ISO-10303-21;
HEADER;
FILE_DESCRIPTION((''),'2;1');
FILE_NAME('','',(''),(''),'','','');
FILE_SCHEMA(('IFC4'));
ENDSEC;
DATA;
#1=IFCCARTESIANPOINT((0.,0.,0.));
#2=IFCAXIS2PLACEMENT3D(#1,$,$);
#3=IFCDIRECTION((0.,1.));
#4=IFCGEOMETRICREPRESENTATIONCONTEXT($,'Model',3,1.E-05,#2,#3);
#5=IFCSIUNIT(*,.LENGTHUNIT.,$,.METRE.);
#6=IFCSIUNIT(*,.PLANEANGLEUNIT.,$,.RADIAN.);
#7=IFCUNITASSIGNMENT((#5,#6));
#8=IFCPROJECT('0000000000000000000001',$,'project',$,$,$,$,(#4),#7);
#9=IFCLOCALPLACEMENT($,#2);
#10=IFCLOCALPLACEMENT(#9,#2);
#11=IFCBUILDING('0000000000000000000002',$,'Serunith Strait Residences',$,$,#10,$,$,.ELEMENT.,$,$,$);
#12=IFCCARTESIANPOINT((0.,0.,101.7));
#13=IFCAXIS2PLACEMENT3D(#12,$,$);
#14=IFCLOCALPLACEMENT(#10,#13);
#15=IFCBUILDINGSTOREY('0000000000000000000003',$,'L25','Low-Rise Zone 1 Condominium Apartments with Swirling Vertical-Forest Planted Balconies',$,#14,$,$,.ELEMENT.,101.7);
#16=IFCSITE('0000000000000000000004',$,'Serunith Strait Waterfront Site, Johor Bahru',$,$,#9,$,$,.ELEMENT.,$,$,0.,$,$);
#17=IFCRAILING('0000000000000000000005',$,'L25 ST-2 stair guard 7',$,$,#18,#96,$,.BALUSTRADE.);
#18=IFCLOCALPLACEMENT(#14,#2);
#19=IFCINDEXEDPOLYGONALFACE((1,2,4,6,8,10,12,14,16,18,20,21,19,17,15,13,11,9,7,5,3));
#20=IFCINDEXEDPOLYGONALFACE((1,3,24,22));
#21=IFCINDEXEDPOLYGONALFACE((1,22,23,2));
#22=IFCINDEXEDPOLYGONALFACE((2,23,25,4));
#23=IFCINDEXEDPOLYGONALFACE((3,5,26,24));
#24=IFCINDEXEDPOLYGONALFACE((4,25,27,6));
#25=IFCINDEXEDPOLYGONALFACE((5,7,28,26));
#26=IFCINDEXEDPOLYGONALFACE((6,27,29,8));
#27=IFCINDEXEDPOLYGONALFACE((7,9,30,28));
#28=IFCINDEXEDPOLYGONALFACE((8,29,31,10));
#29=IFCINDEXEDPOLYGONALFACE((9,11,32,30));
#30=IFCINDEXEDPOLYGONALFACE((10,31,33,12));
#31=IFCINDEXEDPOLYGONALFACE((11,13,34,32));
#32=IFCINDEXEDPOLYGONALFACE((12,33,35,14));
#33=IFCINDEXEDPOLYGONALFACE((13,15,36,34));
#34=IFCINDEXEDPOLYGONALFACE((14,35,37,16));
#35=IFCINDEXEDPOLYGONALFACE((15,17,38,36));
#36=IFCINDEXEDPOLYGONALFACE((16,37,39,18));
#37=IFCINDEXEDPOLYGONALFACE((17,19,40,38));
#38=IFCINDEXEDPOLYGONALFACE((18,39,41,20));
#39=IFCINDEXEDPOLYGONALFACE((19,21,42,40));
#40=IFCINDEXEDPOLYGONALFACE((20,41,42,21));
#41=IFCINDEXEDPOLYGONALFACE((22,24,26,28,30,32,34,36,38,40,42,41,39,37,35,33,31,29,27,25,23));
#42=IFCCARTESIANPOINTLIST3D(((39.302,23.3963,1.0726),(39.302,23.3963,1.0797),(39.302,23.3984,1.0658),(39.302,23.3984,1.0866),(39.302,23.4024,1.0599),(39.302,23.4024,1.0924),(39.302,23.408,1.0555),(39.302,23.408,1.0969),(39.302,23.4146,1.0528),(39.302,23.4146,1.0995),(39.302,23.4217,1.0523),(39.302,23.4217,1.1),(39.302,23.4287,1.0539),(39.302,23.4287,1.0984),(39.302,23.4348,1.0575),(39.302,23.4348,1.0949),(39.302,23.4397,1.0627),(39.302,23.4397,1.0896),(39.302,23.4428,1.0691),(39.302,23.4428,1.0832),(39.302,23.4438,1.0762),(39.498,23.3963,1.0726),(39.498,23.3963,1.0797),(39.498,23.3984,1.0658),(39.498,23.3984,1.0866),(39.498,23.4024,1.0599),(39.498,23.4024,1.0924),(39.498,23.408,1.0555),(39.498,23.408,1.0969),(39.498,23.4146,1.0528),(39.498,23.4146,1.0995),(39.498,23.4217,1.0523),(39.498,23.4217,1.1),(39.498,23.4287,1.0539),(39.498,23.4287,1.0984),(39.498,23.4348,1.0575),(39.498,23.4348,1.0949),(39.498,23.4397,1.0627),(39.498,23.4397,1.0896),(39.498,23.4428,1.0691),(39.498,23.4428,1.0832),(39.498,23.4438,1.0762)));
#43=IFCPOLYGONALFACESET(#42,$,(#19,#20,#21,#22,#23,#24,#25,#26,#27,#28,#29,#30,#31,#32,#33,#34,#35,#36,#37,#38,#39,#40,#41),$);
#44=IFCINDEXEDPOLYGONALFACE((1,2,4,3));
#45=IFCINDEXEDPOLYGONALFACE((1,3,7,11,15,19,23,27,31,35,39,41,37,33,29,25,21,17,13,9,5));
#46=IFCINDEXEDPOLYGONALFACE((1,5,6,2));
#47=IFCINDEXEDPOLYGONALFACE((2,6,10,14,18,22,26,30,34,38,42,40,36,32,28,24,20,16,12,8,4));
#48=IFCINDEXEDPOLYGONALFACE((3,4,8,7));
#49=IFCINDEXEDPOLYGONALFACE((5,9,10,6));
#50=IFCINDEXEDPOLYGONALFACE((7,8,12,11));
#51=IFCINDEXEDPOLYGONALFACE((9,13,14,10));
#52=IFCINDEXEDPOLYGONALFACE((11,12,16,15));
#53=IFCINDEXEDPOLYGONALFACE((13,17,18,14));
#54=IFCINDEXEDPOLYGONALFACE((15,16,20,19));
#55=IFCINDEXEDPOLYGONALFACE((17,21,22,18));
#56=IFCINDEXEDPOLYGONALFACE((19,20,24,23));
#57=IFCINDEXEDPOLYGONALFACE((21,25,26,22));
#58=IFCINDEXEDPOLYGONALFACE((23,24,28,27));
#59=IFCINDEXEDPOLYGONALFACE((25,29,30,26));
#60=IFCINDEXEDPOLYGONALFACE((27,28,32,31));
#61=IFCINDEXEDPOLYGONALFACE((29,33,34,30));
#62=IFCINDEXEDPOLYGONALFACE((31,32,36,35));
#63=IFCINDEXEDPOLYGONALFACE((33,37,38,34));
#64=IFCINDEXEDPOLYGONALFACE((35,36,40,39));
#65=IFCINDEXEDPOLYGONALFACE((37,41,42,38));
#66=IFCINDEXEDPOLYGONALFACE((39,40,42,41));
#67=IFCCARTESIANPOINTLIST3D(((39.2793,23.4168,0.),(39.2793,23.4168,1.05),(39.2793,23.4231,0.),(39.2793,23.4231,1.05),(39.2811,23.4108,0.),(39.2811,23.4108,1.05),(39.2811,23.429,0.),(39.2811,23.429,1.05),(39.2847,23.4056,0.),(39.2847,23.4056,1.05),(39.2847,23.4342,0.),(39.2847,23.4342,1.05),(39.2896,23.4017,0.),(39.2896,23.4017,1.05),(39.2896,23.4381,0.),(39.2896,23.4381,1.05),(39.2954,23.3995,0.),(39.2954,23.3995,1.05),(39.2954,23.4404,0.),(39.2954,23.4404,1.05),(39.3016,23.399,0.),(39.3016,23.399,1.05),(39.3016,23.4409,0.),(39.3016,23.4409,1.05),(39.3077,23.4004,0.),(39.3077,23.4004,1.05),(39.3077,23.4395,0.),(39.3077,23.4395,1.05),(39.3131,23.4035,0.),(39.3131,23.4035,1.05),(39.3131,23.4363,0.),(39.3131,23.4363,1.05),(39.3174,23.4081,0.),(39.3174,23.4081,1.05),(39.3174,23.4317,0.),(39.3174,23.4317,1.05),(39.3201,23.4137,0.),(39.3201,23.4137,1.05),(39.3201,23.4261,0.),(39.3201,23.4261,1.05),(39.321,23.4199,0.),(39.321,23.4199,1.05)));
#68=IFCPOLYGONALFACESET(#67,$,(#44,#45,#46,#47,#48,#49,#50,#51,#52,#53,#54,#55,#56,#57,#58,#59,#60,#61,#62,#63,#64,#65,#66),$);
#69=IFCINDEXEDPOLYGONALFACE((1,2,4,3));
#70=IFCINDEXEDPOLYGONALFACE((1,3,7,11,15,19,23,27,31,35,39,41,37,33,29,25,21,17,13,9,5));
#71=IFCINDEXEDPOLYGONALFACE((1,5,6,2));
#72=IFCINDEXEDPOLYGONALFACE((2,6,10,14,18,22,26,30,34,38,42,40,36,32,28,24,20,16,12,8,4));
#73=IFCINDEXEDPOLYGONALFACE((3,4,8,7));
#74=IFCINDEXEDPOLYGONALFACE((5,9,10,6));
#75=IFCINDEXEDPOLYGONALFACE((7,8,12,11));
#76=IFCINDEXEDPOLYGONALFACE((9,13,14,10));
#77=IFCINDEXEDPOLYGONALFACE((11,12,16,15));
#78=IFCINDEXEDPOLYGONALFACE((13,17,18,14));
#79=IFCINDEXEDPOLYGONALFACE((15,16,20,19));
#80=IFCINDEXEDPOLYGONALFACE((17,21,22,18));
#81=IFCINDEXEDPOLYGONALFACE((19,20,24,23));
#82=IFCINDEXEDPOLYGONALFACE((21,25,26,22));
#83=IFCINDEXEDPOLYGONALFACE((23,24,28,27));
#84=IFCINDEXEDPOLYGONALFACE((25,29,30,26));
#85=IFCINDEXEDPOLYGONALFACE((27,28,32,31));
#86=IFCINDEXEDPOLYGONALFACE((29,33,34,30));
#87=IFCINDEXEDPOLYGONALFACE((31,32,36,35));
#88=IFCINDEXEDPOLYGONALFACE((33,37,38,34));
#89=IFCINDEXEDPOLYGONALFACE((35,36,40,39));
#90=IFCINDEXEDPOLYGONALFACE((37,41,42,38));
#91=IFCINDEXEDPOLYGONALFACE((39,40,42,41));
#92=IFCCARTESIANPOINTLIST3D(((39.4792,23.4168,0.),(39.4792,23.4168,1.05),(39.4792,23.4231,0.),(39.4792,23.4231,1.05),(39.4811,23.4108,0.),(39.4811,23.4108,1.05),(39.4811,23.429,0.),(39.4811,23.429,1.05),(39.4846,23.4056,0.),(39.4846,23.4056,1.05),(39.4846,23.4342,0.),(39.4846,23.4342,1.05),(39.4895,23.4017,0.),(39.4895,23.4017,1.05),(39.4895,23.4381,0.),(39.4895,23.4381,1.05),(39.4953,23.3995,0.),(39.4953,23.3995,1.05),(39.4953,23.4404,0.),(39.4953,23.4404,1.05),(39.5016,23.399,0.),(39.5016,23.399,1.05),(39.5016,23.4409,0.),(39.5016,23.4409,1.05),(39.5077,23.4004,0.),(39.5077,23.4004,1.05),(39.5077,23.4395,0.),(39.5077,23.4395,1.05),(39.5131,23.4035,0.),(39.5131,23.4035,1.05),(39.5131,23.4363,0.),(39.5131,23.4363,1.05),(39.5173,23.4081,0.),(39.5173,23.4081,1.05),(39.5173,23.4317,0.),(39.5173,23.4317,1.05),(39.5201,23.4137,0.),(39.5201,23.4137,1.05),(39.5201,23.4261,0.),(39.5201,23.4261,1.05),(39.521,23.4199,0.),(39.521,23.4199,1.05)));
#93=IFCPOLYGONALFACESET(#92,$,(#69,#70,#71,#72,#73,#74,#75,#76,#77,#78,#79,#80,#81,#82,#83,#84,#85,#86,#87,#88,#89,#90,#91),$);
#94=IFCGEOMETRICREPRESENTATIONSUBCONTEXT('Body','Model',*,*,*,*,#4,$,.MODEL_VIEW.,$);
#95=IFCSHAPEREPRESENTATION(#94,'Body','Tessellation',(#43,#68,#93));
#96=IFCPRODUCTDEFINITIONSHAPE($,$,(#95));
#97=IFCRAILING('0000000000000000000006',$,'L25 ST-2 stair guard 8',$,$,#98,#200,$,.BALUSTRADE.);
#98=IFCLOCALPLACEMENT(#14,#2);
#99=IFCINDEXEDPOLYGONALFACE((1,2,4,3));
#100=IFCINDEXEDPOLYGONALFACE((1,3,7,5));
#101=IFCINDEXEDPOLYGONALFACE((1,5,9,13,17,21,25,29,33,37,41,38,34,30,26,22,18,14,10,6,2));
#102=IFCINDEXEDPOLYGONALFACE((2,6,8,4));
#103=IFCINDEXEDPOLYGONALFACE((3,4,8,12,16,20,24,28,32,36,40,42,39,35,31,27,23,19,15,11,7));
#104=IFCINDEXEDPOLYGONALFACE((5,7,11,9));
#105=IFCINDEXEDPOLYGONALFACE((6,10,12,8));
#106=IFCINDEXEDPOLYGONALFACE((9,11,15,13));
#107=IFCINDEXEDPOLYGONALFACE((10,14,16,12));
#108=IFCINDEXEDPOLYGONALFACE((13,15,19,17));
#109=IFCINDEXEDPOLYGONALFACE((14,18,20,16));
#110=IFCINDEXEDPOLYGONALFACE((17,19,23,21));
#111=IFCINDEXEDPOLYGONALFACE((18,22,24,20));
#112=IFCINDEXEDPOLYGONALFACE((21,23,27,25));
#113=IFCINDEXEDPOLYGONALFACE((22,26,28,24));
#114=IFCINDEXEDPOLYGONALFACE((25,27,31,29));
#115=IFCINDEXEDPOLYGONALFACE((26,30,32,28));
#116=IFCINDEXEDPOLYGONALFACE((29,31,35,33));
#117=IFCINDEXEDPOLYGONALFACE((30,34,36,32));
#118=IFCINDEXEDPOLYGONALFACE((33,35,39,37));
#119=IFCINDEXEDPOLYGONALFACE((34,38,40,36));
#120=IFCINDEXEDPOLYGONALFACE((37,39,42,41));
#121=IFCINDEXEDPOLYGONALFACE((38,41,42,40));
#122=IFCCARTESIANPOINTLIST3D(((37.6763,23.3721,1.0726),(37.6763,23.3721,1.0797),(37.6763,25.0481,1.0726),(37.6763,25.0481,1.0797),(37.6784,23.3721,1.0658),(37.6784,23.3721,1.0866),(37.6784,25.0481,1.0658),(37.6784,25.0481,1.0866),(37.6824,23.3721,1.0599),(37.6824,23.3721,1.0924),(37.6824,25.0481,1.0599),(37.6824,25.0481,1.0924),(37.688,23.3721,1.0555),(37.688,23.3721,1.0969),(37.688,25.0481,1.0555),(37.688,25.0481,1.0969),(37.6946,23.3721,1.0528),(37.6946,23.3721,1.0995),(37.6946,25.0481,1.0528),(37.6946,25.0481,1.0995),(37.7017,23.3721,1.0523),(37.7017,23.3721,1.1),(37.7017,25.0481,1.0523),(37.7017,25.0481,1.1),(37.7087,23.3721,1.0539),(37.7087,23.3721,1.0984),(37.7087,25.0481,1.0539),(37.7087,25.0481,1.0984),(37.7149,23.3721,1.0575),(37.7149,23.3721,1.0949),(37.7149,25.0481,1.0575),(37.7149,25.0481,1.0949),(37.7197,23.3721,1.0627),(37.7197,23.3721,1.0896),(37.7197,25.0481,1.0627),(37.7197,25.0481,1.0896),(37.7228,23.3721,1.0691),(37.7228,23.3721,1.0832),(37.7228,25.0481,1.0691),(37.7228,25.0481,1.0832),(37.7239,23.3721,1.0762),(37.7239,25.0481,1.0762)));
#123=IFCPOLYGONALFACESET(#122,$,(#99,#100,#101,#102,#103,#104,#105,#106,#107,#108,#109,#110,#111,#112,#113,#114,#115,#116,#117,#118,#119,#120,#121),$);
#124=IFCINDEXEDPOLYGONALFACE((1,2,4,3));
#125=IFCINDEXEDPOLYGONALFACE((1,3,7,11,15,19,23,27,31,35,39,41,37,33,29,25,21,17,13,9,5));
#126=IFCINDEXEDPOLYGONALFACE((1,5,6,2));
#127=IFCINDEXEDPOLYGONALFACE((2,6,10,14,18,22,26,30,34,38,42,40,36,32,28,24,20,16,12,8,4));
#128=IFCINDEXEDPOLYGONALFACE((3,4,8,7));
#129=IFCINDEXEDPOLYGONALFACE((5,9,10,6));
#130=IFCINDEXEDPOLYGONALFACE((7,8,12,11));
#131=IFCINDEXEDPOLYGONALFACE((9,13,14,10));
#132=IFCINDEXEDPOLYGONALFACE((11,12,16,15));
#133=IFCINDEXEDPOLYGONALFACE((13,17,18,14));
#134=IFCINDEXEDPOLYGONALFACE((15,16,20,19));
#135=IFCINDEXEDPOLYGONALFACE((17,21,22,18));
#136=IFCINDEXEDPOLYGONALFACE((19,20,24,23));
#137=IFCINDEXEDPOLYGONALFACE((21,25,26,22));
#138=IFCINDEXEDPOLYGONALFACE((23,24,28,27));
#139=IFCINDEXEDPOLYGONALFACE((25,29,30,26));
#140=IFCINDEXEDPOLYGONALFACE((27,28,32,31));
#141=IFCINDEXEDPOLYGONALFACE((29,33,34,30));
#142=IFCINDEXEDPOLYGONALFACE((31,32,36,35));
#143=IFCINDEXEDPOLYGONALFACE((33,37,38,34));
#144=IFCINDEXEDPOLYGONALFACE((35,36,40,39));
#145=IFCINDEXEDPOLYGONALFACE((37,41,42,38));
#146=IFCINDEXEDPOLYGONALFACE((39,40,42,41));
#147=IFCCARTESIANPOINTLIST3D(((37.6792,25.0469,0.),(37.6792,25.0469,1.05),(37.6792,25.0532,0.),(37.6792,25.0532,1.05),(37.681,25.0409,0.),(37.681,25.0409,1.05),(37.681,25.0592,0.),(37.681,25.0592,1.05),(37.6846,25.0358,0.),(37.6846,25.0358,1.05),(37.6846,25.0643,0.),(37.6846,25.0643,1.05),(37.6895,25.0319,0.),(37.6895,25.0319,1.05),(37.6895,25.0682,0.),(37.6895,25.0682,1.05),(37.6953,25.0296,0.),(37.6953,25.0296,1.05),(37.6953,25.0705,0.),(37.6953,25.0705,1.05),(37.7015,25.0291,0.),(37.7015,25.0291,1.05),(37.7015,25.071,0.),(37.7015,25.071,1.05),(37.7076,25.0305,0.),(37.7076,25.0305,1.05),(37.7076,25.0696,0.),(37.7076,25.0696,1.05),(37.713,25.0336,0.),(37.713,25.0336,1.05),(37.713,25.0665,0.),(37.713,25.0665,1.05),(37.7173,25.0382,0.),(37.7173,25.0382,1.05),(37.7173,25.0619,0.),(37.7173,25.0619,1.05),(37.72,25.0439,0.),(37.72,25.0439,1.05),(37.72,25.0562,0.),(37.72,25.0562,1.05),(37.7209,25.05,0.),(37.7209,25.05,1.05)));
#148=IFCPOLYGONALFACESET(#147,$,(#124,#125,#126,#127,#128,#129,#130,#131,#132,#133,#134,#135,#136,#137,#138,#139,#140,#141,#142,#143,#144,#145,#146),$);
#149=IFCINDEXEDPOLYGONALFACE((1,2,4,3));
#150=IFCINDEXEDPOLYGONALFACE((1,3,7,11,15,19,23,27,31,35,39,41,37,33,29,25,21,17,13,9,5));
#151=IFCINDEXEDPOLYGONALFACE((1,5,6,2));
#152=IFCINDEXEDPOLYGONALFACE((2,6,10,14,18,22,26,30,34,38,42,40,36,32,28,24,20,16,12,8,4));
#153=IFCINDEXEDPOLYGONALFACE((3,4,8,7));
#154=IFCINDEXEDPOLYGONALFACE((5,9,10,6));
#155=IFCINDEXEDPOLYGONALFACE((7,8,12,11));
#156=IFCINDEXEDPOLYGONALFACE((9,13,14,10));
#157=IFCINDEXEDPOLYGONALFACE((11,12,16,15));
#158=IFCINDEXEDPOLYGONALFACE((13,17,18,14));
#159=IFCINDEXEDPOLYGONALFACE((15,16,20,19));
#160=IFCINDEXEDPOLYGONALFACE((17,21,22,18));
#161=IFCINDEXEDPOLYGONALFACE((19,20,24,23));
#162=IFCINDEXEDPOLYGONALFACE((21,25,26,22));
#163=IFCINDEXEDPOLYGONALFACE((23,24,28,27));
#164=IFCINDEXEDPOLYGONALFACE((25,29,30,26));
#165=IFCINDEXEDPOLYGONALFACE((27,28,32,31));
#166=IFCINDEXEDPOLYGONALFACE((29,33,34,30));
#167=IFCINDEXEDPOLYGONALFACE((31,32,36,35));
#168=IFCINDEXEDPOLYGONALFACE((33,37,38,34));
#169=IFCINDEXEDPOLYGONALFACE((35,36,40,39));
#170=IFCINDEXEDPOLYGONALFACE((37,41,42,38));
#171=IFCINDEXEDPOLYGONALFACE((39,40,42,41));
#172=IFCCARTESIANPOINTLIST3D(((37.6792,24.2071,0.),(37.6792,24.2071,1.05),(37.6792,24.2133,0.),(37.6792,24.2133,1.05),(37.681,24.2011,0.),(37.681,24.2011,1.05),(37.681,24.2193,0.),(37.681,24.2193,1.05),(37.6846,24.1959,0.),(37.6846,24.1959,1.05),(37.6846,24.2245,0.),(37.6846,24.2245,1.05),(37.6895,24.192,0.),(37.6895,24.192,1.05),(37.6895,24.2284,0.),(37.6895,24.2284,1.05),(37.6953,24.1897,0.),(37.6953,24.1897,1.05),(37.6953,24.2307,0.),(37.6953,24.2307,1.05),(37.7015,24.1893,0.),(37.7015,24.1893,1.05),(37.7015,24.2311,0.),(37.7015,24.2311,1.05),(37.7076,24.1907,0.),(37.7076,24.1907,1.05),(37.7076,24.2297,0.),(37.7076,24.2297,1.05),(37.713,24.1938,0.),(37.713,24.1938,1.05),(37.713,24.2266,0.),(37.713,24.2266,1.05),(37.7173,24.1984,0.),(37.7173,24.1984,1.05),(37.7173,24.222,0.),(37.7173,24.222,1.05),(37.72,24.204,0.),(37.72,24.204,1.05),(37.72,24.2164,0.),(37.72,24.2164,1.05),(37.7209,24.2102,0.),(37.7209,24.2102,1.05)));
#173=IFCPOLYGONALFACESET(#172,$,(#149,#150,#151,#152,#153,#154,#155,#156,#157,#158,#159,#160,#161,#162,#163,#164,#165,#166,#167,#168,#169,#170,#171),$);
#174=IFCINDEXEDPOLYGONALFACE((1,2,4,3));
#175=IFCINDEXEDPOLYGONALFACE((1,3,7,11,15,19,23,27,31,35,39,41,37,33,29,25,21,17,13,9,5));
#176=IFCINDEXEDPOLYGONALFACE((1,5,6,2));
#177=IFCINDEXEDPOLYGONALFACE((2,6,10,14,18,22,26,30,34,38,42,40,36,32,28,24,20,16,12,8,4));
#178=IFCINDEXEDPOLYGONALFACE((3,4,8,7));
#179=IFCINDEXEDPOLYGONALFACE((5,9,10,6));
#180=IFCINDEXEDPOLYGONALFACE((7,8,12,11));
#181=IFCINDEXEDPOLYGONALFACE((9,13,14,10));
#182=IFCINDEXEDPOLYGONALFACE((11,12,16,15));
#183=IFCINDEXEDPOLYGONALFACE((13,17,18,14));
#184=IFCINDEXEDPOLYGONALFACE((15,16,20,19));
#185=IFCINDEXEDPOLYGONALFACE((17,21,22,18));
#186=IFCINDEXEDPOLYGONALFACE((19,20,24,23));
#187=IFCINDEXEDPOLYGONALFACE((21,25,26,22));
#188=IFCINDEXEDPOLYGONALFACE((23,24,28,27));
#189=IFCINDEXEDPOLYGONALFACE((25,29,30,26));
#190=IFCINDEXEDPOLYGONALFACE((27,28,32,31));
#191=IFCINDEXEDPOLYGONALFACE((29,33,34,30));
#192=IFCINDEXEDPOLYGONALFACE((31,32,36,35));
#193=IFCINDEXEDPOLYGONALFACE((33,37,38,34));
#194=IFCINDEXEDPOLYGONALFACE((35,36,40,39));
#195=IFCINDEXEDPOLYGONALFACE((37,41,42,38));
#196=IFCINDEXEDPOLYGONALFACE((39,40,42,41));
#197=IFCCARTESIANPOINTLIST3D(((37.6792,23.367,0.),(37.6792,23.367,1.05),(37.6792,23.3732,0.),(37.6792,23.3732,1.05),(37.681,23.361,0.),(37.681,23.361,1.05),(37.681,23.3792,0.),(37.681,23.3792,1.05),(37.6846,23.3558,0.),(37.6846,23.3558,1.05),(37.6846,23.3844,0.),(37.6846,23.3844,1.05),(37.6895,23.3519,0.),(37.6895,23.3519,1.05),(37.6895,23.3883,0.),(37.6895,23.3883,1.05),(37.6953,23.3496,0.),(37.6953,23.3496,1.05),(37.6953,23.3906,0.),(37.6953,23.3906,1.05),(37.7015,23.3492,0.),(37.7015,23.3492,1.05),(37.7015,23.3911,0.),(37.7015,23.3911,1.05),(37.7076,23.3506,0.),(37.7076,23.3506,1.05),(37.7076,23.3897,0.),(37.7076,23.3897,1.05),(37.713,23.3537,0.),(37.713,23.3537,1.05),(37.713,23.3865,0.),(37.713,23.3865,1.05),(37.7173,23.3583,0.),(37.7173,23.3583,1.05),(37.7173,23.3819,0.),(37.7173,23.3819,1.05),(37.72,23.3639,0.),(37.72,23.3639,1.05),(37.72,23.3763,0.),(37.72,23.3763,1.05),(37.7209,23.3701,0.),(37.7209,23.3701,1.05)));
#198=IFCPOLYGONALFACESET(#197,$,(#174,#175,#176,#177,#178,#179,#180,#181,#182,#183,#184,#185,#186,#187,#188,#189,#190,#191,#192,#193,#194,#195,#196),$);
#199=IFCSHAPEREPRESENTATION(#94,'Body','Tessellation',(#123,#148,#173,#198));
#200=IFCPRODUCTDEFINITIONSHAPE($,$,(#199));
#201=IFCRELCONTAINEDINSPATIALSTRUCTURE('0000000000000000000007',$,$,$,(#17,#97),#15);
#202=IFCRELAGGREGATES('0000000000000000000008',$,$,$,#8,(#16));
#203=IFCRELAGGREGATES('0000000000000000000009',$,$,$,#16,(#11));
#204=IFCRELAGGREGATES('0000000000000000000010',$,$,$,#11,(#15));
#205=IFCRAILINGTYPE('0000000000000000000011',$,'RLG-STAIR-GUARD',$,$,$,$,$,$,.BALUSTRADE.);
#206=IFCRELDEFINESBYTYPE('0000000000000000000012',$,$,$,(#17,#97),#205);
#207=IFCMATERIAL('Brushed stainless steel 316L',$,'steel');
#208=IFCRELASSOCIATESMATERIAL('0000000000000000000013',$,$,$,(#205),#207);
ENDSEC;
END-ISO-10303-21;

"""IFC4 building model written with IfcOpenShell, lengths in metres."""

from ifc_helpers import new_model, si_unit, direction, frame, origin, origin_2d, place, context, subcontext, project, spatial, circle, extrude, material, type_object, element, save


model = new_model("IFC4")

# Units and contexts
model_context = context("Model", 3, precision=1e-05, world=origin(), true_north=direction((0.0, 1.0)))
body_context = subcontext(model_context, "Body", "Model", "MODEL_VIEW")
ifc_project = project(units=[si_unit("LENGTHUNIT", "METRE"), si_unit("PLANEANGLEUNIT", "RADIAN")], contexts=[model_context])

# Site, building, storey
site_placement = place(None, origin())
site = spatial("IfcSite", under=ifc_project, at=site_placement, Name="Serunith Strait Waterfront Site, Johor Bahru", CompositionType="ELEMENT", RefElevation=0.0)
building_placement = place(site_placement, origin())
building = spatial("IfcBuilding", under=site, at=building_placement, Name="Serunith Strait Residences", CompositionType="ELEMENT")
storey_placement = place(building_placement, frame((0.0, 0.0, 101.7)))
storey = spatial("IfcBuildingStorey", under=building, at=storey_placement, Name="L25", Description="Low-Rise Zone 1 Condominium Apartments with Swirling Vertical-Forest Planted Balconies", CompositionType="ELEMENT", Elevation=101.7)

# Railings
ifc_material_1 = material(Name="Brushed stainless steel 316L", Category="steel")
railing_type_1 = type_object("IfcRailingType", Name="RLG-STAIR-GUARD", PredefinedType="BALUSTRADE", material=ifc_material_1)
railing_1_placement = place(storey_placement, frame((39.3, 23.4199, 0.0)))
element("IfcRailing", 1, at=railing_1_placement, inside=storey, type_object=railing_type_1, Name="L25 ST-2 stair guard 7", PredefinedType="BALUSTRADE", context=body_context, shape_type="SweptSolid", body=[
    extrude(circle(Radius=0.0239, at=origin_2d()), frame((0.002, 0.0, 1.0762), z_axis=(1.0, 0.0, 0.0), x_axis=(0.0, 1.0, 0.0)), (0.0, 0.0, 1.0), 0.196),
    extrude(circle(Radius=0.021, at=origin_2d()), origin(), (0.0, 0.0, 1.0), 1.05),
    extrude(circle(Radius=0.021, at=origin_2d()), frame((0.2, 0.0, 0.0)), (0.0, 0.0, 1.0), 1.05),
])
for number, where, name in (
    (2, (37.7, 25.05, 0.0), "L25 ST-2 stair guard 8"),
):
    element("IfcRailing", number, at=place(storey_placement, frame(where)), inside=storey, type_object=railing_type_1, Name=name, PredefinedType="BALUSTRADE", context=body_context, shape_type="SweptSolid", body=[
        extrude(circle(Radius=0.0239, at=origin_2d()), frame((0.0, -0.002, 1.0762), z_axis=(0.0, -1.0, 0.0), x_axis=(1.0, 0.0, 0.0)), (0.0, 0.0, 1.0), 1.676),
        extrude(circle(Radius=0.021, at=origin_2d()), origin(), (0.0, 0.0, 1.0), 1.05),
        extrude(circle(Radius=0.021, at=origin_2d()), frame((0.0, -0.8398, 0.0)), (0.0, 0.0, 1.0), 1.05),
        extrude(circle(Radius=0.021, at=origin_2d()), frame((0.0, -1.6799, 0.0)), (0.0, 0.0, 1.0), 1.05),
    ])

save(model, "model.ifc")
